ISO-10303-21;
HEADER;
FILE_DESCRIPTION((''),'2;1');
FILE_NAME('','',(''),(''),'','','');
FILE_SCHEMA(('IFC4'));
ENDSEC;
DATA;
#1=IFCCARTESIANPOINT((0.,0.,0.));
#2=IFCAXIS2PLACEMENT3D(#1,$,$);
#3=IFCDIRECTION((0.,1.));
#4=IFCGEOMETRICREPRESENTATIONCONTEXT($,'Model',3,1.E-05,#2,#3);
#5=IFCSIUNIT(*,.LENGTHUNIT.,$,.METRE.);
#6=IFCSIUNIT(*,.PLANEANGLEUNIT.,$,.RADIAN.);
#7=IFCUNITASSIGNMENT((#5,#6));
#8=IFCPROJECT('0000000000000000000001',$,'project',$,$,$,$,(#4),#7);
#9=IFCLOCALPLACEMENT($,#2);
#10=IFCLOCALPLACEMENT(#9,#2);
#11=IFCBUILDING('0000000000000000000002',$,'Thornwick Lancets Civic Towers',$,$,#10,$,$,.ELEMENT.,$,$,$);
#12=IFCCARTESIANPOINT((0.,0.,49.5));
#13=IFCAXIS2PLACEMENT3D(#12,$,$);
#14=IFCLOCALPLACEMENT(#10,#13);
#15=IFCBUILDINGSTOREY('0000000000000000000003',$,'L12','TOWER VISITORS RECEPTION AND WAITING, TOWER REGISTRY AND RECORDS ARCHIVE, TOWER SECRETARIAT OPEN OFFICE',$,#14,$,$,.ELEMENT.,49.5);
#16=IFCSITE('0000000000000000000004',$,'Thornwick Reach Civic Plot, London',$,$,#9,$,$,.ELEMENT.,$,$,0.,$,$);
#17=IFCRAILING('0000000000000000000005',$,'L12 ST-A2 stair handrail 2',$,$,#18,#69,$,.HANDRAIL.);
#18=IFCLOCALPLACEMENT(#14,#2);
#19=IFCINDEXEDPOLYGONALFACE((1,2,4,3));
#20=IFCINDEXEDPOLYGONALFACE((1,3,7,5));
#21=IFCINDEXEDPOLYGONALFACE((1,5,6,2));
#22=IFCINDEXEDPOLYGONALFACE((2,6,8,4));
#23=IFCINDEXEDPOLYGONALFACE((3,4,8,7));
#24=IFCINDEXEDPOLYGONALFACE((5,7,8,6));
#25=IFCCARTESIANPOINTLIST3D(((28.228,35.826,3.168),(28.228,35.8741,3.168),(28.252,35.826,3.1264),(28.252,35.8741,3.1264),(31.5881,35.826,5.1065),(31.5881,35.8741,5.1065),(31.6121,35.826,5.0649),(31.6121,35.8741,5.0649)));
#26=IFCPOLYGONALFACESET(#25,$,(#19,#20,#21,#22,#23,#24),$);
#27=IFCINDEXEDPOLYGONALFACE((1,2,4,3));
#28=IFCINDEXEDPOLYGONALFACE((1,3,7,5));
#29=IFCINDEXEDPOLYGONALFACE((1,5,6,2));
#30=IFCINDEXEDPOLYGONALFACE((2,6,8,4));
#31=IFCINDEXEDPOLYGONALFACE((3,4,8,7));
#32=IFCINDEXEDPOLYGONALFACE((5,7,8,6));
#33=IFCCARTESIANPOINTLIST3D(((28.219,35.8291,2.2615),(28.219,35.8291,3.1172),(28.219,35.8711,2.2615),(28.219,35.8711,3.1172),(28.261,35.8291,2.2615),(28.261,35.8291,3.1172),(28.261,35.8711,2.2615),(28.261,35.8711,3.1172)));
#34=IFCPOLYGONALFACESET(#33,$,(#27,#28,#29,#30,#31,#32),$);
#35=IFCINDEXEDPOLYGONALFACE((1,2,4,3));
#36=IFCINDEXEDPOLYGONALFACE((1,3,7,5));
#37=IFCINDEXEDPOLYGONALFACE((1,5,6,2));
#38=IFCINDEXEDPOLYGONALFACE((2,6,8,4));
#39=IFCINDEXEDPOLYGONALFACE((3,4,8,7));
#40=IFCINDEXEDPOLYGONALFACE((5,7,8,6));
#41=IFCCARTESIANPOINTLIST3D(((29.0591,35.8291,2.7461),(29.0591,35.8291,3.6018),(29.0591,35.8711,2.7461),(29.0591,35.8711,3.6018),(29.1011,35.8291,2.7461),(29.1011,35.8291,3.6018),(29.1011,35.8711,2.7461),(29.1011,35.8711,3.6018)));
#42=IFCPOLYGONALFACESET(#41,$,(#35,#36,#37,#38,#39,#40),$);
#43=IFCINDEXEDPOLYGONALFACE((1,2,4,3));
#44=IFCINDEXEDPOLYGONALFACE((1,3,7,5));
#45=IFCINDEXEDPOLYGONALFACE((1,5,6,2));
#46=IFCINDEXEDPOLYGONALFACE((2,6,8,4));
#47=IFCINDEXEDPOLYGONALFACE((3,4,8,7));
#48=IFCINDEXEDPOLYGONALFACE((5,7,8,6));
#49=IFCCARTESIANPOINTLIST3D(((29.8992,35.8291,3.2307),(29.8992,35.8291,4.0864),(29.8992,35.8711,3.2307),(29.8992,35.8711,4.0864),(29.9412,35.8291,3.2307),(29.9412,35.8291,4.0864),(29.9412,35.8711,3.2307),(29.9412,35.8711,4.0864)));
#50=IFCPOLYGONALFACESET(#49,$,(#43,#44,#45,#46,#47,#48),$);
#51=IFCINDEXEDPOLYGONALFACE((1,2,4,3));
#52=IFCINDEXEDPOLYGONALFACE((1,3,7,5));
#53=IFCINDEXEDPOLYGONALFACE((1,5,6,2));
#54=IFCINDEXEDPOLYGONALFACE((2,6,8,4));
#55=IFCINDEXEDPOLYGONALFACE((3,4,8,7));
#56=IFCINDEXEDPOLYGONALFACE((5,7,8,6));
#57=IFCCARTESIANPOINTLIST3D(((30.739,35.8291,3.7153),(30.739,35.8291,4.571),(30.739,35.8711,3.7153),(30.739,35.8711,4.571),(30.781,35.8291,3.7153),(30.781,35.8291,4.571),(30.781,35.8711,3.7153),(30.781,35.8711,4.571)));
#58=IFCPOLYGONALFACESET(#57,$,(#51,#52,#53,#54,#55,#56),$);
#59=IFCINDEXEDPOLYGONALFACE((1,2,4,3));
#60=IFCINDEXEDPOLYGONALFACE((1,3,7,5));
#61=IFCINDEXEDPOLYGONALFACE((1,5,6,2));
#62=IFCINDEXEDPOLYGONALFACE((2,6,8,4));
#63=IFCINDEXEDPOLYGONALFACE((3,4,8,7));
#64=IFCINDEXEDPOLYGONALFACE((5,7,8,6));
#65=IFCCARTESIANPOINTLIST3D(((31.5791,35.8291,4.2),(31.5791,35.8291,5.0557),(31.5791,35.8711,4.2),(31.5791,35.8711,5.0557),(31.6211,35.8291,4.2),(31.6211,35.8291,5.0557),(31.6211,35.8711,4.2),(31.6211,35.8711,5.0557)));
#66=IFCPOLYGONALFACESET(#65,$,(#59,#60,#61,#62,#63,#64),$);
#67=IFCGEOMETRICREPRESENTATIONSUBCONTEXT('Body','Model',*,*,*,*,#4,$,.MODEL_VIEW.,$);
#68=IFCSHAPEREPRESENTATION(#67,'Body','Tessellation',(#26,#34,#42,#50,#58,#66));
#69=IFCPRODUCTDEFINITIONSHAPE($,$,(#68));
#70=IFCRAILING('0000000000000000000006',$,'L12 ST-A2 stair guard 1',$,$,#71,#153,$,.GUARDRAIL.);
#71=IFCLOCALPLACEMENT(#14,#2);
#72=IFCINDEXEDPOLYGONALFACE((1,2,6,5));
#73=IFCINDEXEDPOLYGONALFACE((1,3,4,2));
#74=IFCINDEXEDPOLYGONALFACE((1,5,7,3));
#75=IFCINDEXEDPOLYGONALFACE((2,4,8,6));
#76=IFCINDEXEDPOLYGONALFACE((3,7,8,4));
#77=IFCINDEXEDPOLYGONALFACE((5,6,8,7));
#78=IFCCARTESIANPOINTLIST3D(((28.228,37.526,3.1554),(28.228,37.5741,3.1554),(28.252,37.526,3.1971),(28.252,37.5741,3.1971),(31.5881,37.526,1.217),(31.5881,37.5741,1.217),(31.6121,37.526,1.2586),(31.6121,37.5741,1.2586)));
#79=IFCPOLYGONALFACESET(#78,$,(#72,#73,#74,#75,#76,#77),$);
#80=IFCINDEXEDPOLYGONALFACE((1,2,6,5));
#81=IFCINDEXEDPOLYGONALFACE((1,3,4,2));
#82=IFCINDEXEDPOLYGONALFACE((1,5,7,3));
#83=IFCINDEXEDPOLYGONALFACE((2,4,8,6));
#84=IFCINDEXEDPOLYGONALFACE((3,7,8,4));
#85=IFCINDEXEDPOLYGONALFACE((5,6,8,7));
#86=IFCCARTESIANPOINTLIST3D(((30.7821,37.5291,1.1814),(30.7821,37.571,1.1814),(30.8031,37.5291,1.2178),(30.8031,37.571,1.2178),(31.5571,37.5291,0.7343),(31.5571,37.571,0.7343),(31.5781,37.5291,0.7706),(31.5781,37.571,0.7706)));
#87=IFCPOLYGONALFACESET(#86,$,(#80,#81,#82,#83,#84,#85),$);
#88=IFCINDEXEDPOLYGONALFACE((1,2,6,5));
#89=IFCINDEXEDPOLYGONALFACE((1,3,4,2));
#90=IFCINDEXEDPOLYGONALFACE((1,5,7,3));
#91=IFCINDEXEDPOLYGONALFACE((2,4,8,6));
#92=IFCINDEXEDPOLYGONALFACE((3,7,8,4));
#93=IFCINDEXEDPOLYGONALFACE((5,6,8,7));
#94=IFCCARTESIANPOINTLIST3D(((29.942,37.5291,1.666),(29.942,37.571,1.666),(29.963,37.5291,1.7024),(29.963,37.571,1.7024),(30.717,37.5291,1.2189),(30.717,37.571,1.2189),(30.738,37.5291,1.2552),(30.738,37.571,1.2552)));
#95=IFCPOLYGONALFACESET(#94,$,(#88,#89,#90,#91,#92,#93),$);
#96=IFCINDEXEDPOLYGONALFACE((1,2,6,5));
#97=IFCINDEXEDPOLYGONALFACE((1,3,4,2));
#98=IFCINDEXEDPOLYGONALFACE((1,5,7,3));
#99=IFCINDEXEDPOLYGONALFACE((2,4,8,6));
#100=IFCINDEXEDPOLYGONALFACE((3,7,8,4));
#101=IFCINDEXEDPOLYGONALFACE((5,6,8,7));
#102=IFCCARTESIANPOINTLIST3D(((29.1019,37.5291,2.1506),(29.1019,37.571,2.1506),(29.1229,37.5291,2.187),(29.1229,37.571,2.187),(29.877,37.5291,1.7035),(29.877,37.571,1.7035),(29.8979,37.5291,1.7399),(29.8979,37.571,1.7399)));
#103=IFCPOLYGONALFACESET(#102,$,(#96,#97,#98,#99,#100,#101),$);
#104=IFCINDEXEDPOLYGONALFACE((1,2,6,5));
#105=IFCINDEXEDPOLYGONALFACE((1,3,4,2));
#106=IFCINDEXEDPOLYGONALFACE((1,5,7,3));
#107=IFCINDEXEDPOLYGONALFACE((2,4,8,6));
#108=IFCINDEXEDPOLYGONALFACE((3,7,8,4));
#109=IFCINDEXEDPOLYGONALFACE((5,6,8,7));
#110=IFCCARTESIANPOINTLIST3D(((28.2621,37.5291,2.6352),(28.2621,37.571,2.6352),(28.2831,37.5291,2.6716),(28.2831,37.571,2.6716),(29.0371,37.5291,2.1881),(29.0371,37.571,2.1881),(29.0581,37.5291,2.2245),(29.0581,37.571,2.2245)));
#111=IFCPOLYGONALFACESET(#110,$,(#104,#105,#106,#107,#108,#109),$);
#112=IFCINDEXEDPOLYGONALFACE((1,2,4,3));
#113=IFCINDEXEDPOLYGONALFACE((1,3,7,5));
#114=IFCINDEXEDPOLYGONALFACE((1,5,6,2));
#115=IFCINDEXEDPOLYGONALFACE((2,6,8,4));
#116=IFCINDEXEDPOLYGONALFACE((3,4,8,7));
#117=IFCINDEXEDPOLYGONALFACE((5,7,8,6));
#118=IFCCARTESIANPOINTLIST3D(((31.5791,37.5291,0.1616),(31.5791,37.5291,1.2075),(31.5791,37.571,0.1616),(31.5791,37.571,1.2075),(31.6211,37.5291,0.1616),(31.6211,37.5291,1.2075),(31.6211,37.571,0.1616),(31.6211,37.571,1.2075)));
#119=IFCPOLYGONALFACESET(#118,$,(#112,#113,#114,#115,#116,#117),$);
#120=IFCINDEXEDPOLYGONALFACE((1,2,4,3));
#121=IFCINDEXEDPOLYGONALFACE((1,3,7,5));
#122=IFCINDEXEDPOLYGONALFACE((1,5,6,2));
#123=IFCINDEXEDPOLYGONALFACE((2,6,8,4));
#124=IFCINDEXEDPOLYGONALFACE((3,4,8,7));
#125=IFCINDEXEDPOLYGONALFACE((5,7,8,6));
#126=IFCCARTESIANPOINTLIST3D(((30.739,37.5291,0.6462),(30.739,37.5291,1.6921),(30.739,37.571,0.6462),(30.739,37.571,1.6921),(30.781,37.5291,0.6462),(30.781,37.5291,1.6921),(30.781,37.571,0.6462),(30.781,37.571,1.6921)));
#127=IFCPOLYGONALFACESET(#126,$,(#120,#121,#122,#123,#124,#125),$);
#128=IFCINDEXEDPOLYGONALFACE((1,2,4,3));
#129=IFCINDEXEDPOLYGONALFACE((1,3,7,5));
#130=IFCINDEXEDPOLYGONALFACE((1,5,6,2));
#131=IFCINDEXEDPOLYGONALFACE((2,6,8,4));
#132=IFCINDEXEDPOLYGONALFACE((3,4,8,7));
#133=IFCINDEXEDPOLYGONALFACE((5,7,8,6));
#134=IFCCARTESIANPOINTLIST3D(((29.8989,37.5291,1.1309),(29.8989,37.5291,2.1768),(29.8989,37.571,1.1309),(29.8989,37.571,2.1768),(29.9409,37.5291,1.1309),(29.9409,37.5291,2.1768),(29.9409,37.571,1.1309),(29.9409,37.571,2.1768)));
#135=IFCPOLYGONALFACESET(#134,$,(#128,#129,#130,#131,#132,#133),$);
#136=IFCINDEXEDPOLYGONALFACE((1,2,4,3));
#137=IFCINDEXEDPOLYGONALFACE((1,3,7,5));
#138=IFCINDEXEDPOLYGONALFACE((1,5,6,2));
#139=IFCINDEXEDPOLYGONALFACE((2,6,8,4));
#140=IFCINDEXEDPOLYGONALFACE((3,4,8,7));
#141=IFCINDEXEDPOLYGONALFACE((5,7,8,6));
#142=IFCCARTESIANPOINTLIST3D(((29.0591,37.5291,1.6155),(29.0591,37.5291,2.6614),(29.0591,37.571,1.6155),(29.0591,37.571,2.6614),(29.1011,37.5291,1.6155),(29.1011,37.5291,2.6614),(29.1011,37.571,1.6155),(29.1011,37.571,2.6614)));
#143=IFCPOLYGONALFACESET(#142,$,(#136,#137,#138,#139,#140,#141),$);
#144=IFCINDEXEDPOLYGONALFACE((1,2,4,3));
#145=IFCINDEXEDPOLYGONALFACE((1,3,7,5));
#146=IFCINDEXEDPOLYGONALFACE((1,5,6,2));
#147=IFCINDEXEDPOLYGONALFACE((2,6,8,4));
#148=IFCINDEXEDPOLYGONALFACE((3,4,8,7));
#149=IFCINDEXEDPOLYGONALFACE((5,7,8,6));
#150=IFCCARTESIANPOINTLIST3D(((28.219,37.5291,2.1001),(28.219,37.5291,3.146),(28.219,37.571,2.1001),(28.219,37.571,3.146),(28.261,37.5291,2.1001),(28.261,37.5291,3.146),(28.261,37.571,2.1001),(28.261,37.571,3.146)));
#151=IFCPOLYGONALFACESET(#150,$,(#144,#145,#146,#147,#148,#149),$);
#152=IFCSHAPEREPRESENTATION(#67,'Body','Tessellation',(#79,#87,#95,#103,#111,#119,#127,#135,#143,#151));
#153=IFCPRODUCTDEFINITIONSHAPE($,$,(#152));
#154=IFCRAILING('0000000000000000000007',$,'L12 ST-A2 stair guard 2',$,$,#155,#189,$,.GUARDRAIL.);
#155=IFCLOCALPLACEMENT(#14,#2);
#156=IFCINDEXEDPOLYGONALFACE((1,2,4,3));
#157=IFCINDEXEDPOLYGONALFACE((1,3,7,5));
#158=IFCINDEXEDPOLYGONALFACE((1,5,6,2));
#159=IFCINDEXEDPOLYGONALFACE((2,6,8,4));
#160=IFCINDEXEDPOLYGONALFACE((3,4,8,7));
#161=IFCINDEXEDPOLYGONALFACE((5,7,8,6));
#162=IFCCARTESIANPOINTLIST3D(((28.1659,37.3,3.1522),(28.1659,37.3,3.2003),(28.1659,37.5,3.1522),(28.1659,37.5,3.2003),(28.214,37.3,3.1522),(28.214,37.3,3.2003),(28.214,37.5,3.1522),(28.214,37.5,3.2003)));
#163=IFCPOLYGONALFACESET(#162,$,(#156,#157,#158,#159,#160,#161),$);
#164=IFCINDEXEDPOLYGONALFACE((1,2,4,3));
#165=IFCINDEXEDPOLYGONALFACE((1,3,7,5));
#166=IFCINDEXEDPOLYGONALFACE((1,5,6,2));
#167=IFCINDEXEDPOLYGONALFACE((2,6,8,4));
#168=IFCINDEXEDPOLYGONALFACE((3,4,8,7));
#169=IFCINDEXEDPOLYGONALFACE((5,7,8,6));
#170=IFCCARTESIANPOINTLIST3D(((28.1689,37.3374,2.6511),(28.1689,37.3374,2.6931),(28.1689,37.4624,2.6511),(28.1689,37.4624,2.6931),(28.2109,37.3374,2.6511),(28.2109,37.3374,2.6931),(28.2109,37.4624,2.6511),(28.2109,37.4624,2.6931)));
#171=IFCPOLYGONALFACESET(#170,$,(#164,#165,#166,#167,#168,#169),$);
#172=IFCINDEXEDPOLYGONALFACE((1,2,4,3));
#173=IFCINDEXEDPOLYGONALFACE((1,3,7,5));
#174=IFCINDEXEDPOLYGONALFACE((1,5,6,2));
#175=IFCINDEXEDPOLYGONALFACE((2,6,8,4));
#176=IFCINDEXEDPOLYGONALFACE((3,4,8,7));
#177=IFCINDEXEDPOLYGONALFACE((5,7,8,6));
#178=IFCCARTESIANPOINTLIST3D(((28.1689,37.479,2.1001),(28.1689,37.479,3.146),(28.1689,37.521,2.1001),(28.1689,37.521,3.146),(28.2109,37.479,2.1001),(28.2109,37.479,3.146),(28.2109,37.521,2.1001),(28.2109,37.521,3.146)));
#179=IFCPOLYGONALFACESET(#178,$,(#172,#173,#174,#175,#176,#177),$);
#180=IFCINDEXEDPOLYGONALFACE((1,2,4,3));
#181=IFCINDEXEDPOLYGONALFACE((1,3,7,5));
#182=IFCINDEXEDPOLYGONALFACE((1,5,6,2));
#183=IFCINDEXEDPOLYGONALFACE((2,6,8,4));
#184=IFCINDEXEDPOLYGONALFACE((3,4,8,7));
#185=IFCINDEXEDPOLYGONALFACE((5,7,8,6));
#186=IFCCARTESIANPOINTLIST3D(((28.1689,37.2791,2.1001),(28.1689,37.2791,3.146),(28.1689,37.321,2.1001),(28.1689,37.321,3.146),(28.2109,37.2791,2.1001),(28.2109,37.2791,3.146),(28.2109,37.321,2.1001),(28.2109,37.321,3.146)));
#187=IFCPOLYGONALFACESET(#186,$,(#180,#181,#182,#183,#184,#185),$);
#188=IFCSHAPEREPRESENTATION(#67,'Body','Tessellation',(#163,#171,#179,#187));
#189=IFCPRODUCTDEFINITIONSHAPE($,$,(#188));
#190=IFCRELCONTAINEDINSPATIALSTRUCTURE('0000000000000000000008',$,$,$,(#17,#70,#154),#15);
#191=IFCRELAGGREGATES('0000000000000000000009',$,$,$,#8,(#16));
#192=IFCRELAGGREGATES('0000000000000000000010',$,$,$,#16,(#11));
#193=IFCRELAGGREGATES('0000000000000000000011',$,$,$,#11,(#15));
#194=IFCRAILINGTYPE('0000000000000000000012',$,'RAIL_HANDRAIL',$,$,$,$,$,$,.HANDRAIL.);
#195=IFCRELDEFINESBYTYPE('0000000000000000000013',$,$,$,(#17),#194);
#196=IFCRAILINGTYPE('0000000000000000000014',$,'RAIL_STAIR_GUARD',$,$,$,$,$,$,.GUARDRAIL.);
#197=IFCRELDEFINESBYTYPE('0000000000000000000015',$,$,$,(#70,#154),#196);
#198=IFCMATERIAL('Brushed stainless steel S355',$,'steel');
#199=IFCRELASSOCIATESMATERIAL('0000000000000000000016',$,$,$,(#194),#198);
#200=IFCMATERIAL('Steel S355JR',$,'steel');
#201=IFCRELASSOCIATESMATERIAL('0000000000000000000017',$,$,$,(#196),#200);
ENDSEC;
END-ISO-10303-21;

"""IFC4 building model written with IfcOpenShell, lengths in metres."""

from ifc_helpers import new_model, si_unit, direction, frame, origin, origin_2d, place, context, subcontext, project, spatial, rectangle, extrude, material, type_object, element, save


model = new_model("IFC4")

# Units and contexts
model_context = context("Model", 3, precision=1e-05, world=origin(), true_north=direction((0.0, 1.0)))
body_context = subcontext(model_context, "Body", "Model", "MODEL_VIEW")
ifc_project = project(units=[si_unit("LENGTHUNIT", "METRE"), si_unit("PLANEANGLEUNIT", "RADIAN")], contexts=[model_context])

# Site, building, storey
site_placement = place(None, origin())
site = spatial("IfcSite", under=ifc_project, at=site_placement, Name="Thornwick Reach Civic Plot, London", CompositionType="ELEMENT", RefElevation=0.0)
building_placement = place(site_placement, origin())
building = spatial("IfcBuilding", under=site, at=building_placement, Name="Thornwick Lancets Civic Towers", CompositionType="ELEMENT")
storey_placement = place(building_placement, frame((0.0, 0.0, 49.5)))
storey = spatial("IfcBuildingStorey", under=building, at=storey_placement, Name="L12", Description="TOWER VISITORS RECEPTION AND WAITING, TOWER REGISTRY AND RECORDS ARCHIVE, TOWER SECRETARIAT OPEN OFFICE", CompositionType="ELEMENT", Elevation=49.5)

# Shared definitions
ifc_material_1 = material(Name="Steel S355JR", Category="steel")

# Railings
ifc_material_2 = material(Name="Brushed stainless steel S355", Category="steel")
railing_type_1 = type_object("IfcRailingType", Name="RAIL_HANDRAIL", PredefinedType="HANDRAIL", material=ifc_material_2)
railing_1_placement = place(storey_placement, frame((28.24, 35.8501, 2.2615)))
element("IfcRailing", 1, at=railing_1_placement, inside=storey, type_object=railing_type_1, Name="L12 ST-A2 stair handrail 2", PredefinedType="HANDRAIL", context=body_context, shape_type="SweptSolid", body=[
    extrude(rectangle(XDim=0.0481, YDim=0.0481, at=origin_2d()), frame((0.0, 0.0, 0.8857), z_axis=(0.866191, 0.0, 0.499713), x_axis=(0.0, 1.0, 0.0)), (0.0, 0.0, 1.0), 3.8792),
    extrude(rectangle(XDim=0.042, YDim=0.042, at=origin_2d()), origin(), (0.0, 0.0, 1.0), 0.8557),
    extrude(rectangle(XDim=0.042, YDim=0.042, at=origin_2d()), frame((0.8401, 0.0, 0.4846)), (0.0, 0.0, 1.0), 0.8557),
    extrude(rectangle(XDim=0.042, YDim=0.042, at=origin_2d()), frame((1.6802, 0.0, 0.9692)), (0.0, 0.0, 1.0), 0.8557),
    extrude(rectangle(XDim=0.042, YDim=0.042, at=origin_2d()), frame((2.52, 0.0, 1.4539)), (0.0, 0.0, 1.0), 0.8557),
    extrude(rectangle(XDim=0.042, YDim=0.042, at=origin_2d()), frame((3.3601, 0.0, 1.9385)), (0.0, 0.0, 1.0), 0.8557),
])
railing_type_2 = type_object("IfcRailingType", Name="RAIL_STAIR_GUARD", PredefinedType="GUARDRAIL", material=ifc_material_1)
railing_2_placement = place(storey_placement, frame((31.6001, 37.55, 0.1616)))
element("IfcRailing", 2, at=railing_2_placement, inside=storey, type_object=railing_type_2, Name="L12 ST-A2 stair guard 1", PredefinedType="GUARDRAIL", context=body_context, shape_type="SweptSolid", body=[
    extrude(rectangle(XDim=0.0481, YDim=0.0481, at=origin_2d()), frame((0.0, 0.0, 1.0762), z_axis=(-0.866191, 0.0, 0.499713), x_axis=(0.0, -1.0, 0.0)), (0.0, 0.0, 1.0), 3.8792),
    extrude(rectangle(XDim=0.042, YDim=0.042, at=origin_2d()), frame((-0.0325, 0.0, 0.5908), z_axis=(-0.866191, 0.0, 0.499713), x_axis=(0.0, -1.0, 0.0)), (0.0, 0.0, 1.0), 0.8948),
    extrude(rectangle(XDim=0.042, YDim=0.042, at=origin_2d()), frame((-0.8726, 0.0, 1.0754), z_axis=(-0.866191, 0.0, 0.499713), x_axis=(0.0, -1.0, 0.0)), (0.0, 0.0, 1.0), 0.8948),
    extrude(rectangle(XDim=0.042, YDim=0.042, at=origin_2d()), frame((-1.7126, 0.0, 1.5601), z_axis=(-0.866191, 0.0, 0.499713), x_axis=(0.0, -1.0, 0.0)), (0.0, 0.0, 1.0), 0.8948),
    extrude(rectangle(XDim=0.042, YDim=0.042, at=origin_2d()), frame((-2.5525, 0.0, 2.0447), z_axis=(-0.866191, 0.0, 0.499713), x_axis=(0.0, -1.0, 0.0)), (0.0, 0.0, 1.0), 0.8948),
    extrude(rectangle(XDim=0.042, YDim=0.042, at=origin_2d()), origin(), (0.0, 0.0, 1.0), 1.0459),
    extrude(rectangle(XDim=0.042, YDim=0.042, at=origin_2d()), frame((-0.8401, 0.0, 0.4846)), (0.0, 0.0, 1.0), 1.0459),
    extrude(rectangle(XDim=0.042, YDim=0.042, at=origin_2d()), frame((-1.6802, 0.0, 0.9692)), (0.0, 0.0, 1.0), 1.0459),
    extrude(rectangle(XDim=0.042, YDim=0.042, at=origin_2d()), frame((-2.52, 0.0, 1.4539)), (0.0, 0.0, 1.0), 1.0459),
    extrude(rectangle(XDim=0.042, YDim=0.042, at=origin_2d()), frame((-3.3601, 0.0, 1.9385)), (0.0, 0.0, 1.0), 1.0459),
])
railing_3_placement = place(storey_placement, frame((28.1899, 37.5, 2.1001)))
element("IfcRailing", 3, at=railing_3_placement, inside=storey, type_object=railing_type_2, Name="L12 ST-A2 stair guard 2", PredefinedType="GUARDRAIL", context=body_context, shape_type="SweptSolid", body=[
    extrude(rectangle(XDim=0.0481, YDim=0.0481, at=origin_2d()), frame((0.0, 0.0, 1.0762), z_axis=(0.0, -1.0, 0.0), x_axis=(1.0, 0.0, 0.0)), (0.0, 0.0, 1.0), 0.2),
    extrude(rectangle(XDim=0.042, YDim=0.042, at=origin_2d()), frame((0.0, -0.0376, 0.572), z_axis=(0.0, -1.0, 0.0), x_axis=(1.0, 0.0, 0.0)), (0.0, 0.0, 1.0), 0.125),
    extrude(rectangle(XDim=0.042, YDim=0.042, at=origin_2d()), origin(), (0.0, 0.0, 1.0), 1.0459),
    extrude(rectangle(XDim=0.042, YDim=0.042, at=origin_2d()), frame((0.0, -0.2, 0.0)), (0.0, 0.0, 1.0), 1.0459),
])

save(model, "model.ifc")
